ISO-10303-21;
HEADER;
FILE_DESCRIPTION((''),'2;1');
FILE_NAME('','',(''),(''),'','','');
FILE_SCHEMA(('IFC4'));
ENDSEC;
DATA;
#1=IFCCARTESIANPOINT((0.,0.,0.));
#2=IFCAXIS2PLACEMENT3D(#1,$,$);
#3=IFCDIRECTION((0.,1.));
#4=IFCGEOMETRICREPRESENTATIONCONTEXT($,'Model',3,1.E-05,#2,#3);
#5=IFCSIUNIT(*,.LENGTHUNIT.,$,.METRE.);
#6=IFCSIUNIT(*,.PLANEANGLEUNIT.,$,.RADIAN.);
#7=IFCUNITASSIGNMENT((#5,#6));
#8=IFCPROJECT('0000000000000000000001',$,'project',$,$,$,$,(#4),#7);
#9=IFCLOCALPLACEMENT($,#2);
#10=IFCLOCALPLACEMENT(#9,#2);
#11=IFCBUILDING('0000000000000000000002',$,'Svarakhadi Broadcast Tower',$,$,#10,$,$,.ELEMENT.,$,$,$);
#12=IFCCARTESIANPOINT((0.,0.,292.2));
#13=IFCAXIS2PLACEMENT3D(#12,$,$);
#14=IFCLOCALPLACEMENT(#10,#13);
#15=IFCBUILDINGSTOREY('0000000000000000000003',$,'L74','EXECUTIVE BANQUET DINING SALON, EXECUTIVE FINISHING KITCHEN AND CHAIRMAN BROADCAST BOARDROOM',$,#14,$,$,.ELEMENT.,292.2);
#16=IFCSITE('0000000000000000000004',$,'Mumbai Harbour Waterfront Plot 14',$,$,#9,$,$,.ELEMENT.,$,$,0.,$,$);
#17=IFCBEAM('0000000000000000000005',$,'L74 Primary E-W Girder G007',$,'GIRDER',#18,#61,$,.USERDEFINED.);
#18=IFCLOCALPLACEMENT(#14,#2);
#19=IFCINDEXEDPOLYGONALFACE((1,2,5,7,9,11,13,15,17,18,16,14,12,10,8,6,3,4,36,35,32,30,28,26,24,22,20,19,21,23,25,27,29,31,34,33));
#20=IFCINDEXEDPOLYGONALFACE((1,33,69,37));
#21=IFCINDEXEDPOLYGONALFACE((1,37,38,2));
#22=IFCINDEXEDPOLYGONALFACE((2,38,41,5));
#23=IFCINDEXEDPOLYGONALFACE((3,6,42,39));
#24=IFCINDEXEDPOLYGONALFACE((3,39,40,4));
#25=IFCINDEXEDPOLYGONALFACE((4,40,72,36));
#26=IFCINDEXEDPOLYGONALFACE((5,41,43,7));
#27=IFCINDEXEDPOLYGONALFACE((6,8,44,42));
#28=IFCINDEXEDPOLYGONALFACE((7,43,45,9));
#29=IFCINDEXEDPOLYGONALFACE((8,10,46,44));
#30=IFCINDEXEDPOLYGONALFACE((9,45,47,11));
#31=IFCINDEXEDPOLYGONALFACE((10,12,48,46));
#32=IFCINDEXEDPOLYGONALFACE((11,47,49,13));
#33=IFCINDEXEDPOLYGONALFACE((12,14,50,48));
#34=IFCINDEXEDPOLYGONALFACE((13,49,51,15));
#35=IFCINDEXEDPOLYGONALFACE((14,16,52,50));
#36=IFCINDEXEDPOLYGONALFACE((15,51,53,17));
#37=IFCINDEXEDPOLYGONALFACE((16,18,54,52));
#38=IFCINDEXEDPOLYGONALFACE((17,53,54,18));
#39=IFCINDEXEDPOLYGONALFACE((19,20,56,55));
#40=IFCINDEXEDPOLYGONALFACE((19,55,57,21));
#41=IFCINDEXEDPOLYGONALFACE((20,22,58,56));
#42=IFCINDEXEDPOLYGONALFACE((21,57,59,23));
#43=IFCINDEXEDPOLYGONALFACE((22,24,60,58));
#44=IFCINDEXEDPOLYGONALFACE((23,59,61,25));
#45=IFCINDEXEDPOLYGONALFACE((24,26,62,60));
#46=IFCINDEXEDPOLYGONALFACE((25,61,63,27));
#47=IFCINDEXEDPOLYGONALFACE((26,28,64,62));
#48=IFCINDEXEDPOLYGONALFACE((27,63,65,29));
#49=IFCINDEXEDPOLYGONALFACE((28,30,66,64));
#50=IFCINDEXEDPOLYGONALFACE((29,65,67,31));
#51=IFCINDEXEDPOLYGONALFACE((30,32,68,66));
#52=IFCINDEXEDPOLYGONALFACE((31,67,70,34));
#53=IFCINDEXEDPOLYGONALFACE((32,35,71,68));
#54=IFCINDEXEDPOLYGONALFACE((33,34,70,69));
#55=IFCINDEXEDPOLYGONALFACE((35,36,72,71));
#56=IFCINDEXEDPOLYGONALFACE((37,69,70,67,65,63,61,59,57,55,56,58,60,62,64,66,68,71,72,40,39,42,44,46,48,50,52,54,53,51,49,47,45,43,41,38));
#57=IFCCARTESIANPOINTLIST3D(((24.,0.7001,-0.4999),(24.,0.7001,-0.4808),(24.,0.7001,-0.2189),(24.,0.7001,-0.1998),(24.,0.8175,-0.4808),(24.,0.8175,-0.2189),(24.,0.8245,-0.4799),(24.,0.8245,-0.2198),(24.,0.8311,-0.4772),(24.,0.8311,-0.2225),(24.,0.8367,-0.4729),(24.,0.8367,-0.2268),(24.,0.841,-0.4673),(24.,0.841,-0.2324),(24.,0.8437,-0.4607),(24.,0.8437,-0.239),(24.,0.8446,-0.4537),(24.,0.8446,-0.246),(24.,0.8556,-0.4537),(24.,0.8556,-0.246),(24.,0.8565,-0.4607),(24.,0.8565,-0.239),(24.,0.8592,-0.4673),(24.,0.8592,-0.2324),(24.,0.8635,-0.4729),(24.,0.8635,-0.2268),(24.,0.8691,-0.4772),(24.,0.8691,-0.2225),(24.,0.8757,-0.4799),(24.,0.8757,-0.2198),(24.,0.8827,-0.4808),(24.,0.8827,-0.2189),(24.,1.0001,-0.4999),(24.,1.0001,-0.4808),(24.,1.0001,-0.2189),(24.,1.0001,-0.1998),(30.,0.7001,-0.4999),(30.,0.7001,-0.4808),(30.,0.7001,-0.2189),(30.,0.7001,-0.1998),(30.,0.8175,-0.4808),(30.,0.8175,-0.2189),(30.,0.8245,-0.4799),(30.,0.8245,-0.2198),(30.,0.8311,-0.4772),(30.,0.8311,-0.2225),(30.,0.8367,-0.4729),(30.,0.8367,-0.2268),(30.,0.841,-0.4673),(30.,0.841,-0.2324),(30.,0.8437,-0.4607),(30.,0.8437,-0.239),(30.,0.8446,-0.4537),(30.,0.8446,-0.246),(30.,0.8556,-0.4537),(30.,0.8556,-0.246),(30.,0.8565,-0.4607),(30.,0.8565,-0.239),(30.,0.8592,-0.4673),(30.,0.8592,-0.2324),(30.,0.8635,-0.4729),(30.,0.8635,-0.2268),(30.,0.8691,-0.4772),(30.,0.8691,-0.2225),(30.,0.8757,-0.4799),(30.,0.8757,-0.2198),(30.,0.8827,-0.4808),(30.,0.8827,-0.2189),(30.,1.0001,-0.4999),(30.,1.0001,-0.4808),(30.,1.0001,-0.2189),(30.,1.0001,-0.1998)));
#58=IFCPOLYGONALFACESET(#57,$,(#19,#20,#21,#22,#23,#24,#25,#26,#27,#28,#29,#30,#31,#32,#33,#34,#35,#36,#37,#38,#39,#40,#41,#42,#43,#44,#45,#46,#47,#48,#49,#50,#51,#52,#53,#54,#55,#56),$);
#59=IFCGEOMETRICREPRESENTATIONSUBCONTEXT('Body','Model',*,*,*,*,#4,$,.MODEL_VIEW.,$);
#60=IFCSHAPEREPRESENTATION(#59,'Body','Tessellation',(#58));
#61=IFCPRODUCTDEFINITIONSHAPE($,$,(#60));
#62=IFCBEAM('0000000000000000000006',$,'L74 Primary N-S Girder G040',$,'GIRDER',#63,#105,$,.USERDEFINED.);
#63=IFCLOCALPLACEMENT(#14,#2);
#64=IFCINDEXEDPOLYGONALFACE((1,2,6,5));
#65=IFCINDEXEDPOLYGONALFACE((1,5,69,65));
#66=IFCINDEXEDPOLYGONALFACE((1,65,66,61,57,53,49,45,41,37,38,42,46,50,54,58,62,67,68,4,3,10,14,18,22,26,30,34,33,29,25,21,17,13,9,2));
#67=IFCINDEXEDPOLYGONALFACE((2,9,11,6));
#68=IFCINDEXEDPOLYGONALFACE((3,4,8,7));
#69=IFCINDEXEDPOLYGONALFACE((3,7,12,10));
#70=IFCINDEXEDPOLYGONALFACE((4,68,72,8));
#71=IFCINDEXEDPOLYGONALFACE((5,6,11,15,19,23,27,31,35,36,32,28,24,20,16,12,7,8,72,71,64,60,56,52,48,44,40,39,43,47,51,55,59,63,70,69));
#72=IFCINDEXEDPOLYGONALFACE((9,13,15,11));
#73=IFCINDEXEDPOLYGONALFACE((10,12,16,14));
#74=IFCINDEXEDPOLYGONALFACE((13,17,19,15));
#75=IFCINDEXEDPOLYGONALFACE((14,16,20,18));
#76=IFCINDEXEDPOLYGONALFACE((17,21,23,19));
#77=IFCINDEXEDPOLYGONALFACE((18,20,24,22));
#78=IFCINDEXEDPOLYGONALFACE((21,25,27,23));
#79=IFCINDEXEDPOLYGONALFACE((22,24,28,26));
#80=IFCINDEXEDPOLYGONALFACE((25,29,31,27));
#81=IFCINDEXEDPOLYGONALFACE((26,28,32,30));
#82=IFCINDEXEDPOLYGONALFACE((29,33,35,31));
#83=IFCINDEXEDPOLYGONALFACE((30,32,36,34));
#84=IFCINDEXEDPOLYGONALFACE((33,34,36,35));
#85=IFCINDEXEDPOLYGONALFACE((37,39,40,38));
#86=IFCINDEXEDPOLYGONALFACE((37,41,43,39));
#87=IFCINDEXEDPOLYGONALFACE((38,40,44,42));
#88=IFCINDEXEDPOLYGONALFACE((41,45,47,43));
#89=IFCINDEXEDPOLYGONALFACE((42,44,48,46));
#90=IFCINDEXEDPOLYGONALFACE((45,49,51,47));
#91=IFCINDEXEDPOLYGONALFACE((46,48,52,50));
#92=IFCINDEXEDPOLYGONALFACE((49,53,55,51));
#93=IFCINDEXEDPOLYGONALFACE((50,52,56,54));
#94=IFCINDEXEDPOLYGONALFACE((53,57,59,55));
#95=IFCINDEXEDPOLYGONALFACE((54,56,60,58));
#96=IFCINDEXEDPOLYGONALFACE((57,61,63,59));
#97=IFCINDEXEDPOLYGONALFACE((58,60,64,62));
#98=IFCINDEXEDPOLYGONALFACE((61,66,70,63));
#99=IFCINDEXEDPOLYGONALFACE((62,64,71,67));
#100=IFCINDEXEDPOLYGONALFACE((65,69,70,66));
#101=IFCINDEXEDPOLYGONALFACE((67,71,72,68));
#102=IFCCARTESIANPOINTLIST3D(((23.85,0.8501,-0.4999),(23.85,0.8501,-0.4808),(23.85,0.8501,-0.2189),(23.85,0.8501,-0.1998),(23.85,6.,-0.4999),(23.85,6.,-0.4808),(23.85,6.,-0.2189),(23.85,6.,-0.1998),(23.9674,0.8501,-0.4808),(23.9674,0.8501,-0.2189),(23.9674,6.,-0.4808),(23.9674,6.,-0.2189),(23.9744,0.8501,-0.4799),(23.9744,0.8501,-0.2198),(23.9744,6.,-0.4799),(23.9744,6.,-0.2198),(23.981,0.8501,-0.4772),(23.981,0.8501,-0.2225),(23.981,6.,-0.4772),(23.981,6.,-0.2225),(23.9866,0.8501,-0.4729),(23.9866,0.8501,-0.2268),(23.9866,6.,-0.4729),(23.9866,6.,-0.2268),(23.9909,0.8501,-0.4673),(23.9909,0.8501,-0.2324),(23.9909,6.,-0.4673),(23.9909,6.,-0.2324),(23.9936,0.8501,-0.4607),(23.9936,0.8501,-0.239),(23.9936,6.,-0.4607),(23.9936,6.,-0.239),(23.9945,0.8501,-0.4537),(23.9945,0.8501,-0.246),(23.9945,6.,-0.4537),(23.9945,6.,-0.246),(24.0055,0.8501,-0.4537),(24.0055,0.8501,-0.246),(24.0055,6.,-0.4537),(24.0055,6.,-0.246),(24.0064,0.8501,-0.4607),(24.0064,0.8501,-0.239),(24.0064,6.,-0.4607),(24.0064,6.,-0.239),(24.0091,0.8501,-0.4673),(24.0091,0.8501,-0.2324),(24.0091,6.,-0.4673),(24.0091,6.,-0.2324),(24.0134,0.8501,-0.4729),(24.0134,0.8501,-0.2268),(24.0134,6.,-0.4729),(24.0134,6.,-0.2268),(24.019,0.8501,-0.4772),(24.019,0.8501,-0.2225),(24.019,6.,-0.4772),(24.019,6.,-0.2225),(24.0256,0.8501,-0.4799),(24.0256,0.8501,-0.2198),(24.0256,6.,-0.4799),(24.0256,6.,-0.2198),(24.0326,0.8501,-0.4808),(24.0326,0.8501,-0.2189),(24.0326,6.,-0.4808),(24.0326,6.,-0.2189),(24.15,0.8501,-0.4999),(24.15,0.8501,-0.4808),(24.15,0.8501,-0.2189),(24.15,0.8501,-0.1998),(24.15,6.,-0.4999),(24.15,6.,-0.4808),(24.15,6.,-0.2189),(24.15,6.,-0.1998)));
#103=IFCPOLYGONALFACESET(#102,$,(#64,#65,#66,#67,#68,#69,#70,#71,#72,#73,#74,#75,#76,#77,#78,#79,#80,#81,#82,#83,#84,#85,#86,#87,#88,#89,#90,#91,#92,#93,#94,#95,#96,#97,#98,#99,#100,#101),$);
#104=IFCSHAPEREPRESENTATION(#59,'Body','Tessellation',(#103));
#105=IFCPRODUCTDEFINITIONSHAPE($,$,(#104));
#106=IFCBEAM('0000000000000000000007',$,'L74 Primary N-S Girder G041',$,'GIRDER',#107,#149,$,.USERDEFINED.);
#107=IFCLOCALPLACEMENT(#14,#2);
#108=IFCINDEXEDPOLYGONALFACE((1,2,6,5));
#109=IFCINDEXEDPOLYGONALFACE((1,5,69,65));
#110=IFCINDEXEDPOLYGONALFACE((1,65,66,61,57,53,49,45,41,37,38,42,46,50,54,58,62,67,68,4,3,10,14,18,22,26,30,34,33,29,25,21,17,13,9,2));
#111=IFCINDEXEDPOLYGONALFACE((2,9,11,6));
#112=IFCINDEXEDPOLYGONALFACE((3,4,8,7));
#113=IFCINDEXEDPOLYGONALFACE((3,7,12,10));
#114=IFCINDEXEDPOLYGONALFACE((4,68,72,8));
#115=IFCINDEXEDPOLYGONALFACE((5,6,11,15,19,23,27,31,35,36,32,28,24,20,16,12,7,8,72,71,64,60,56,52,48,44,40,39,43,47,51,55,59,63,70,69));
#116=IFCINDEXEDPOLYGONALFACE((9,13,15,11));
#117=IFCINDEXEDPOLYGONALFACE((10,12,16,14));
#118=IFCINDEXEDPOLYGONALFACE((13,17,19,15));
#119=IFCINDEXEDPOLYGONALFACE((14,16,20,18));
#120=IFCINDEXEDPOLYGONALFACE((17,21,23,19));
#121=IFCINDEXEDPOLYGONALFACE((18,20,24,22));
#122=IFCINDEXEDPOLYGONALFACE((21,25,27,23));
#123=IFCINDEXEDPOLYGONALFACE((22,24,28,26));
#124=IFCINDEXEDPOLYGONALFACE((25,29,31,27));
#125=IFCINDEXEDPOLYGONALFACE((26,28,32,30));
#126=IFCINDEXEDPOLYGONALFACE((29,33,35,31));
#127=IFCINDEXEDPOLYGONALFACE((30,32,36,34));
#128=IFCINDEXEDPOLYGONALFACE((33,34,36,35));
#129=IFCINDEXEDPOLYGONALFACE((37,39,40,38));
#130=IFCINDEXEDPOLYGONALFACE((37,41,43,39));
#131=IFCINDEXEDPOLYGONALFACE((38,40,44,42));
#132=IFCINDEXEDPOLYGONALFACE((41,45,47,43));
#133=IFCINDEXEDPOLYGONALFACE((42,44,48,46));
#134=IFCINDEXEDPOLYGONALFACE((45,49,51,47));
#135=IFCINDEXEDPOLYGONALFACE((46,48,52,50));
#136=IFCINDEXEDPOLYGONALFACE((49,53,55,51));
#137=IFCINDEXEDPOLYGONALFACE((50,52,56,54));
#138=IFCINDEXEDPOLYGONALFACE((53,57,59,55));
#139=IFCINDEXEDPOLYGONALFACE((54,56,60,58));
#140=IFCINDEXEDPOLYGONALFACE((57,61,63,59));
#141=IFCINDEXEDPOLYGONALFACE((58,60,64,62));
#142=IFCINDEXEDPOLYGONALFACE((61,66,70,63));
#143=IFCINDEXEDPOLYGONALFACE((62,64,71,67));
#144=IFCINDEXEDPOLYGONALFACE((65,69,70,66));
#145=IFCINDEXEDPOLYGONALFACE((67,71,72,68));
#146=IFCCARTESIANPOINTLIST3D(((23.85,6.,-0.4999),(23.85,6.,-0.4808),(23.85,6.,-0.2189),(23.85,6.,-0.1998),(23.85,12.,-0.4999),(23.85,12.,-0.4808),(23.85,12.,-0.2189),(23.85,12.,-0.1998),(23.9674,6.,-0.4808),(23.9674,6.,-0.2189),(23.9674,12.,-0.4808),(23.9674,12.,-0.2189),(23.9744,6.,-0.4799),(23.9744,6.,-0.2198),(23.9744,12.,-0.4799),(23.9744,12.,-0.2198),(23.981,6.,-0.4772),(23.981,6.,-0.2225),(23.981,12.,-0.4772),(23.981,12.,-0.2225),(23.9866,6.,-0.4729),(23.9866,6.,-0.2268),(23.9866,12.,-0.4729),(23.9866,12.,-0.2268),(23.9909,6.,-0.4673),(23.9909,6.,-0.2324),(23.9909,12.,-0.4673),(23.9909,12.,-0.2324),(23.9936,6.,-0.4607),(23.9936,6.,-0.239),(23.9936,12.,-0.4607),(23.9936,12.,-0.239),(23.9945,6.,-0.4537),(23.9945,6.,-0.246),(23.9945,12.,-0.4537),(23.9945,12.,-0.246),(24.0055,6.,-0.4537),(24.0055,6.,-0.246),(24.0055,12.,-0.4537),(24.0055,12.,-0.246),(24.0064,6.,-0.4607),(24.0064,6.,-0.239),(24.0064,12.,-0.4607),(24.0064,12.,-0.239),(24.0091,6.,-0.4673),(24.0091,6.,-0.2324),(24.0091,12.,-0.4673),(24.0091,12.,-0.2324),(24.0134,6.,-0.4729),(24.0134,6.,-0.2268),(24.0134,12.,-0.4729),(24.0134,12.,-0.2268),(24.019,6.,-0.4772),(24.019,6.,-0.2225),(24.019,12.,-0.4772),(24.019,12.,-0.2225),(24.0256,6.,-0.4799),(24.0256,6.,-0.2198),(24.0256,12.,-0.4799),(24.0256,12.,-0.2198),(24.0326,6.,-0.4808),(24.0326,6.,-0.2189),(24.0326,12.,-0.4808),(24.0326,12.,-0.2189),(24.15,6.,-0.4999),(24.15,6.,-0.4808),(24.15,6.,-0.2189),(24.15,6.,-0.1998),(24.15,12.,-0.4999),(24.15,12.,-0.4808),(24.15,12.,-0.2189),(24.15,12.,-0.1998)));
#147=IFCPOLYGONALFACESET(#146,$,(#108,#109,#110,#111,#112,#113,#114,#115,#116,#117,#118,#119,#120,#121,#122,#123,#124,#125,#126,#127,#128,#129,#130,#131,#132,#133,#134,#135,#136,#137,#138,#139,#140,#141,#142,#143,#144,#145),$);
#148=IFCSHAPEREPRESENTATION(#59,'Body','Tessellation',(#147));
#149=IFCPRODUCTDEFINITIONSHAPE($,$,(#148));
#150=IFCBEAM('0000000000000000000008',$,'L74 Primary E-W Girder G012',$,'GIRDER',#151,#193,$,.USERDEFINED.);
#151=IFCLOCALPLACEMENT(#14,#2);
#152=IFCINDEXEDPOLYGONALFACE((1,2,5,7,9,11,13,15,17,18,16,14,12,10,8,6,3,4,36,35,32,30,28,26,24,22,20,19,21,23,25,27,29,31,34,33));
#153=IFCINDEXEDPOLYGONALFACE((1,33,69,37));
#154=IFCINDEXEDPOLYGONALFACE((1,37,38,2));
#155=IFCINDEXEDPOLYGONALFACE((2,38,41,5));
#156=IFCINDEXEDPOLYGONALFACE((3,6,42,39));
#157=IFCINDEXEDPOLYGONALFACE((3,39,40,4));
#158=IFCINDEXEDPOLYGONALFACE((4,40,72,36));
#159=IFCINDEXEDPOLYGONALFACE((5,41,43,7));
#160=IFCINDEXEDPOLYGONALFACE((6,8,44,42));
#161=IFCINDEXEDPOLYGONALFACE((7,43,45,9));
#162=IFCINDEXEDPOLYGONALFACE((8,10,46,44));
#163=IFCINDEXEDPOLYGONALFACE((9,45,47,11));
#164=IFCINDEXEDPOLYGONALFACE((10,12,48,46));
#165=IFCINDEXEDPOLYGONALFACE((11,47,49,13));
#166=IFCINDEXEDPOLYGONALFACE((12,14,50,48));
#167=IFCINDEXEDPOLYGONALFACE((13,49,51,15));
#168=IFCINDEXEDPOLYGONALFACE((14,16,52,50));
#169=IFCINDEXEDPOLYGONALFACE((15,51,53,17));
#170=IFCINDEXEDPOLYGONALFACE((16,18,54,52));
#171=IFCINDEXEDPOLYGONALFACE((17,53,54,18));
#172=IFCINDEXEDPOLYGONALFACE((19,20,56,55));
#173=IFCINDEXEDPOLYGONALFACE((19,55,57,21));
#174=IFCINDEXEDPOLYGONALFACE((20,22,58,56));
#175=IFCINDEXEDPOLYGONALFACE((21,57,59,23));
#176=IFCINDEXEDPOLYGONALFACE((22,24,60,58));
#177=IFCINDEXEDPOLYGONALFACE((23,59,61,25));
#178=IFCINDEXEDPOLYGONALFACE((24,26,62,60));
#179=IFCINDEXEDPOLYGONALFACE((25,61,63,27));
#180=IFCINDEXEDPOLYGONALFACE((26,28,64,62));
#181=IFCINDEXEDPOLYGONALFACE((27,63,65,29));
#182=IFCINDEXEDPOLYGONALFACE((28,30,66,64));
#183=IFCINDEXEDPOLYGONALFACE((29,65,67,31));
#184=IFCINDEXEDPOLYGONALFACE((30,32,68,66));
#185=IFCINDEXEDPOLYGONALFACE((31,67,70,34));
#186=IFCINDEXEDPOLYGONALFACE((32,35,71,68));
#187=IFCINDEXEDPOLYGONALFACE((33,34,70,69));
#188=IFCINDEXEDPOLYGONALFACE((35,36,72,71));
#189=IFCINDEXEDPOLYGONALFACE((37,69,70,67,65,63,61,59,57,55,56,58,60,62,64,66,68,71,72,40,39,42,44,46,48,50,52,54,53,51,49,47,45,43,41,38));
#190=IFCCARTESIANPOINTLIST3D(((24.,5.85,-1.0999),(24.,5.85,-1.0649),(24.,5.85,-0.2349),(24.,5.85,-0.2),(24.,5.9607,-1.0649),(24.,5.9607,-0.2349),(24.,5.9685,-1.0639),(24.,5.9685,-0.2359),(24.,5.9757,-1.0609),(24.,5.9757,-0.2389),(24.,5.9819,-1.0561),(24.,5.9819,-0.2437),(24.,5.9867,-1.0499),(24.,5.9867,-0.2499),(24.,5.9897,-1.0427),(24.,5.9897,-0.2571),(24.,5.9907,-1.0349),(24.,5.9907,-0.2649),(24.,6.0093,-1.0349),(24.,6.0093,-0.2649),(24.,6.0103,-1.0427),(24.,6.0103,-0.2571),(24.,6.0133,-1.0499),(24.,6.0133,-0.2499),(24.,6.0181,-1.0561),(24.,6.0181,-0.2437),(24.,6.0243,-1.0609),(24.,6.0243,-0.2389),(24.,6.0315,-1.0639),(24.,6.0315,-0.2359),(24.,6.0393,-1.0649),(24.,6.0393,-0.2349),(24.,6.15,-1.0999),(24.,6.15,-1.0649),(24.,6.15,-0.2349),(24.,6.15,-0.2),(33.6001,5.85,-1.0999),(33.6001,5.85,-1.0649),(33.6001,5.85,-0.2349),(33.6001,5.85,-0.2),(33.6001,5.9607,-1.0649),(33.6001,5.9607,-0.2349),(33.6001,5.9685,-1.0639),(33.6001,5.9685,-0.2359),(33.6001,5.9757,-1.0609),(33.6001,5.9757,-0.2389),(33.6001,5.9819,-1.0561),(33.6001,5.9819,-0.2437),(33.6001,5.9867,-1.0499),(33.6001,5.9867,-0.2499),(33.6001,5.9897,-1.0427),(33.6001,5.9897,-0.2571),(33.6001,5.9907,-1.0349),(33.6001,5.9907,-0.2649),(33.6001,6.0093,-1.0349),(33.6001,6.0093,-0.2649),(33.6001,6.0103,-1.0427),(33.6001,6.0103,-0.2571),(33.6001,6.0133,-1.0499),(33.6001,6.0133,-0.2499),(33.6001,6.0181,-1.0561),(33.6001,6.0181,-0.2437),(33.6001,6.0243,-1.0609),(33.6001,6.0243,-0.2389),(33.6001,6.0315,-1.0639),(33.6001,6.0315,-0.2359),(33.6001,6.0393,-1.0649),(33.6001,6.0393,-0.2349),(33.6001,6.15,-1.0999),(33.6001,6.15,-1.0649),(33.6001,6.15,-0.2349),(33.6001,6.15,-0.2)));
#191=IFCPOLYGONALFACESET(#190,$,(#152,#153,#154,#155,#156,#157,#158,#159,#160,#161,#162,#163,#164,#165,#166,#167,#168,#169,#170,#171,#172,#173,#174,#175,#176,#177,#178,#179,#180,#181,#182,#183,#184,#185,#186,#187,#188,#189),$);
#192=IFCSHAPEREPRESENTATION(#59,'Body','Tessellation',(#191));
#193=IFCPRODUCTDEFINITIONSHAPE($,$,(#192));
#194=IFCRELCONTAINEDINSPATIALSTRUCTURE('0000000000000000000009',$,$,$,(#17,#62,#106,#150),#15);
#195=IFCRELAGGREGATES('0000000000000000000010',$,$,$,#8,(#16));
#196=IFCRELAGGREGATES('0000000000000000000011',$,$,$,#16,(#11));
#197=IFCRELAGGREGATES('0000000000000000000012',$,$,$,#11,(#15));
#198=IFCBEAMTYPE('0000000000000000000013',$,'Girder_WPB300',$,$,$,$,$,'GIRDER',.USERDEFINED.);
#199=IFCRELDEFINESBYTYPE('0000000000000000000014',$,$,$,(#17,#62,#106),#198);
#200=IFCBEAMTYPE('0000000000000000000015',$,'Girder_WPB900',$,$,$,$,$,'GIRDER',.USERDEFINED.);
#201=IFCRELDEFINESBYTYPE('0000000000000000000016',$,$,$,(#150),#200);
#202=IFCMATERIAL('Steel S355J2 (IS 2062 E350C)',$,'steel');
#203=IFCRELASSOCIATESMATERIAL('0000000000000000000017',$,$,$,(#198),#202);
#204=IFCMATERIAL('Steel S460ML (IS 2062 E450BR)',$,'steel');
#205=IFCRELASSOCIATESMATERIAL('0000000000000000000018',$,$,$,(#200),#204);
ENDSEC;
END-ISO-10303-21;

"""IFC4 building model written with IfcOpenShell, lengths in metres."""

from ifc_helpers import new_model, si_unit, direction, frame, origin, origin_2d, place, context, subcontext, project, spatial, i_section, extrude, material, material_profile, profile_set, type_object, element, save


model = new_model("IFC4")

# Units and contexts
model_context = context("Model", 3, precision=1e-05, world=origin(), true_north=direction((0.0, 1.0)))
body_context = subcontext(model_context, "Body", "Model", "MODEL_VIEW")
ifc_project = project(units=[si_unit("LENGTHUNIT", "METRE"), si_unit("PLANEANGLEUNIT", "RADIAN")], contexts=[model_context])

# Site, building, storey
site_placement = place(None, origin())
site = spatial("IfcSite", under=ifc_project, at=site_placement, Name="Mumbai Harbour Waterfront Plot 14", CompositionType="ELEMENT", RefElevation=0.0)
building_placement = place(site_placement, origin())
building = spatial("IfcBuilding", under=site, at=building_placement, Name="Svarakhadi Broadcast Tower", CompositionType="ELEMENT")
storey_placement = place(building_placement, frame((0.0, 0.0, 292.2)))
storey = spatial("IfcBuildingStorey", under=building, at=storey_placement, Name="L74", Description="EXECUTIVE BANQUET DINING SALON, EXECUTIVE FINISHING KITCHEN AND CHAIRMAN BROADCAST BOARDROOM", CompositionType="ELEMENT", Elevation=292.2)

# Beams
ifc_material_1 = material(Name="Steel S355J2 (IS 2062 E350C)", Category="steel")
ifc_material_profile_1 = material_profile(ifc_material_1, i_section(OverallWidth=0.3, OverallDepth=0.3, WebThickness=0.011, FlangeThickness=0.019, FilletRadius=0.0271, at=origin_2d()), Name="WPB 300x300x117")
ifc_profile_set_1 = profile_set([ifc_material_profile_1], Name="Steel S355J2 (IS 2062 E350C)")
beam_type_1 = type_object("IfcBeamType", Name="Girder_WPB300", ElementType="GIRDER", PredefinedType="USERDEFINED", material=ifc_profile_set_1)
beam_1_placement = place(storey_placement, frame((24.0, 0.8501, -0.3499), z_axis=(1.0, 0.0, 0.0), x_axis=(0.0, 1.0, 0.0)))
element("IfcBeam", 1, at=beam_1_placement, inside=storey, type_object=beam_type_1, Name="L74 Primary E-W Girder G007", ObjectType="GIRDER", PredefinedType="USERDEFINED", context=body_context, shape_type="SweptSolid", body=[
    extrude(i_section(OverallWidth=0.3, OverallDepth=0.3, WebThickness=0.011, FlangeThickness=0.019, FilletRadius=0.0271, at=origin_2d()), origin(), (0.0, 0.0, 1.0), 6.0),
])
beam_2_placement = place(storey_placement, frame((24.0, 0.8501, -0.3499), z_axis=(0.0, 1.0, 0.0), x_axis=(-1.0, 0.0, 0.0)))
element("IfcBeam", 2, at=beam_2_placement, inside=storey, type_object=beam_type_1, Name="L74 Primary N-S Girder G040", ObjectType="GIRDER", PredefinedType="USERDEFINED", context=body_context, shape_type="SweptSolid", body=[
    extrude(i_section(OverallWidth=0.3, OverallDepth=0.3, WebThickness=0.011, FlangeThickness=0.019, FilletRadius=0.0271, at=origin_2d()), origin(), (0.0, 0.0, 1.0), 5.1499),
])
beam_3_placement = place(storey_placement, frame((24.0, 6.0, -0.3499), z_axis=(0.0, 1.0, 0.0), x_axis=(-1.0, 0.0, 0.0)))
element("IfcBeam", 3, at=beam_3_placement, inside=storey, type_object=beam_type_1, Name="L74 Primary N-S Girder G041", ObjectType="GIRDER", PredefinedType="USERDEFINED", context=body_context, shape_type="SweptSolid", body=[
    extrude(i_section(OverallWidth=0.3, OverallDepth=0.3, WebThickness=0.011, FlangeThickness=0.019, FilletRadius=0.0271, at=origin_2d()), origin(), (0.0, 0.0, 1.0), 6.0),
])
ifc_material_2 = material(Name="Steel S460ML (IS 2062 E450BR)", Category="steel")
ifc_material_profile_2 = material_profile(ifc_material_2, i_section(OverallWidth=0.3, OverallDepth=0.8999, WebThickness=0.0186, FlangeThickness=0.0349, FilletRadius=0.03, at=origin_2d()), Name="WPB 900x300x291")
ifc_profile_set_2 = profile_set([ifc_material_profile_2], Name="Steel S460ML (IS 2062 E450BR)")
beam_type_2 = type_object("IfcBeamType", Name="Girder_WPB900", ElementType="GIRDER", PredefinedType="USERDEFINED", material=ifc_profile_set_2)
beam_4_placement = place(storey_placement, frame((24.0, 6.0, -0.6499), z_axis=(1.0, 0.0, 0.0), x_axis=(0.0, 1.0, 0.0)))
element("IfcBeam", 4, at=beam_4_placement, inside=storey, type_object=beam_type_2, Name="L74 Primary E-W Girder G012", ObjectType="GIRDER", PredefinedType="USERDEFINED", context=body_context, shape_type="SweptSolid", body=[
    extrude(i_section(OverallWidth=0.3, OverallDepth=0.8999, WebThickness=0.0186, FlangeThickness=0.0349, FilletRadius=0.03, at=origin_2d()), origin(), (0.0, 0.0, 1.0), 9.6001),
])

save(model, "model.ifc")
